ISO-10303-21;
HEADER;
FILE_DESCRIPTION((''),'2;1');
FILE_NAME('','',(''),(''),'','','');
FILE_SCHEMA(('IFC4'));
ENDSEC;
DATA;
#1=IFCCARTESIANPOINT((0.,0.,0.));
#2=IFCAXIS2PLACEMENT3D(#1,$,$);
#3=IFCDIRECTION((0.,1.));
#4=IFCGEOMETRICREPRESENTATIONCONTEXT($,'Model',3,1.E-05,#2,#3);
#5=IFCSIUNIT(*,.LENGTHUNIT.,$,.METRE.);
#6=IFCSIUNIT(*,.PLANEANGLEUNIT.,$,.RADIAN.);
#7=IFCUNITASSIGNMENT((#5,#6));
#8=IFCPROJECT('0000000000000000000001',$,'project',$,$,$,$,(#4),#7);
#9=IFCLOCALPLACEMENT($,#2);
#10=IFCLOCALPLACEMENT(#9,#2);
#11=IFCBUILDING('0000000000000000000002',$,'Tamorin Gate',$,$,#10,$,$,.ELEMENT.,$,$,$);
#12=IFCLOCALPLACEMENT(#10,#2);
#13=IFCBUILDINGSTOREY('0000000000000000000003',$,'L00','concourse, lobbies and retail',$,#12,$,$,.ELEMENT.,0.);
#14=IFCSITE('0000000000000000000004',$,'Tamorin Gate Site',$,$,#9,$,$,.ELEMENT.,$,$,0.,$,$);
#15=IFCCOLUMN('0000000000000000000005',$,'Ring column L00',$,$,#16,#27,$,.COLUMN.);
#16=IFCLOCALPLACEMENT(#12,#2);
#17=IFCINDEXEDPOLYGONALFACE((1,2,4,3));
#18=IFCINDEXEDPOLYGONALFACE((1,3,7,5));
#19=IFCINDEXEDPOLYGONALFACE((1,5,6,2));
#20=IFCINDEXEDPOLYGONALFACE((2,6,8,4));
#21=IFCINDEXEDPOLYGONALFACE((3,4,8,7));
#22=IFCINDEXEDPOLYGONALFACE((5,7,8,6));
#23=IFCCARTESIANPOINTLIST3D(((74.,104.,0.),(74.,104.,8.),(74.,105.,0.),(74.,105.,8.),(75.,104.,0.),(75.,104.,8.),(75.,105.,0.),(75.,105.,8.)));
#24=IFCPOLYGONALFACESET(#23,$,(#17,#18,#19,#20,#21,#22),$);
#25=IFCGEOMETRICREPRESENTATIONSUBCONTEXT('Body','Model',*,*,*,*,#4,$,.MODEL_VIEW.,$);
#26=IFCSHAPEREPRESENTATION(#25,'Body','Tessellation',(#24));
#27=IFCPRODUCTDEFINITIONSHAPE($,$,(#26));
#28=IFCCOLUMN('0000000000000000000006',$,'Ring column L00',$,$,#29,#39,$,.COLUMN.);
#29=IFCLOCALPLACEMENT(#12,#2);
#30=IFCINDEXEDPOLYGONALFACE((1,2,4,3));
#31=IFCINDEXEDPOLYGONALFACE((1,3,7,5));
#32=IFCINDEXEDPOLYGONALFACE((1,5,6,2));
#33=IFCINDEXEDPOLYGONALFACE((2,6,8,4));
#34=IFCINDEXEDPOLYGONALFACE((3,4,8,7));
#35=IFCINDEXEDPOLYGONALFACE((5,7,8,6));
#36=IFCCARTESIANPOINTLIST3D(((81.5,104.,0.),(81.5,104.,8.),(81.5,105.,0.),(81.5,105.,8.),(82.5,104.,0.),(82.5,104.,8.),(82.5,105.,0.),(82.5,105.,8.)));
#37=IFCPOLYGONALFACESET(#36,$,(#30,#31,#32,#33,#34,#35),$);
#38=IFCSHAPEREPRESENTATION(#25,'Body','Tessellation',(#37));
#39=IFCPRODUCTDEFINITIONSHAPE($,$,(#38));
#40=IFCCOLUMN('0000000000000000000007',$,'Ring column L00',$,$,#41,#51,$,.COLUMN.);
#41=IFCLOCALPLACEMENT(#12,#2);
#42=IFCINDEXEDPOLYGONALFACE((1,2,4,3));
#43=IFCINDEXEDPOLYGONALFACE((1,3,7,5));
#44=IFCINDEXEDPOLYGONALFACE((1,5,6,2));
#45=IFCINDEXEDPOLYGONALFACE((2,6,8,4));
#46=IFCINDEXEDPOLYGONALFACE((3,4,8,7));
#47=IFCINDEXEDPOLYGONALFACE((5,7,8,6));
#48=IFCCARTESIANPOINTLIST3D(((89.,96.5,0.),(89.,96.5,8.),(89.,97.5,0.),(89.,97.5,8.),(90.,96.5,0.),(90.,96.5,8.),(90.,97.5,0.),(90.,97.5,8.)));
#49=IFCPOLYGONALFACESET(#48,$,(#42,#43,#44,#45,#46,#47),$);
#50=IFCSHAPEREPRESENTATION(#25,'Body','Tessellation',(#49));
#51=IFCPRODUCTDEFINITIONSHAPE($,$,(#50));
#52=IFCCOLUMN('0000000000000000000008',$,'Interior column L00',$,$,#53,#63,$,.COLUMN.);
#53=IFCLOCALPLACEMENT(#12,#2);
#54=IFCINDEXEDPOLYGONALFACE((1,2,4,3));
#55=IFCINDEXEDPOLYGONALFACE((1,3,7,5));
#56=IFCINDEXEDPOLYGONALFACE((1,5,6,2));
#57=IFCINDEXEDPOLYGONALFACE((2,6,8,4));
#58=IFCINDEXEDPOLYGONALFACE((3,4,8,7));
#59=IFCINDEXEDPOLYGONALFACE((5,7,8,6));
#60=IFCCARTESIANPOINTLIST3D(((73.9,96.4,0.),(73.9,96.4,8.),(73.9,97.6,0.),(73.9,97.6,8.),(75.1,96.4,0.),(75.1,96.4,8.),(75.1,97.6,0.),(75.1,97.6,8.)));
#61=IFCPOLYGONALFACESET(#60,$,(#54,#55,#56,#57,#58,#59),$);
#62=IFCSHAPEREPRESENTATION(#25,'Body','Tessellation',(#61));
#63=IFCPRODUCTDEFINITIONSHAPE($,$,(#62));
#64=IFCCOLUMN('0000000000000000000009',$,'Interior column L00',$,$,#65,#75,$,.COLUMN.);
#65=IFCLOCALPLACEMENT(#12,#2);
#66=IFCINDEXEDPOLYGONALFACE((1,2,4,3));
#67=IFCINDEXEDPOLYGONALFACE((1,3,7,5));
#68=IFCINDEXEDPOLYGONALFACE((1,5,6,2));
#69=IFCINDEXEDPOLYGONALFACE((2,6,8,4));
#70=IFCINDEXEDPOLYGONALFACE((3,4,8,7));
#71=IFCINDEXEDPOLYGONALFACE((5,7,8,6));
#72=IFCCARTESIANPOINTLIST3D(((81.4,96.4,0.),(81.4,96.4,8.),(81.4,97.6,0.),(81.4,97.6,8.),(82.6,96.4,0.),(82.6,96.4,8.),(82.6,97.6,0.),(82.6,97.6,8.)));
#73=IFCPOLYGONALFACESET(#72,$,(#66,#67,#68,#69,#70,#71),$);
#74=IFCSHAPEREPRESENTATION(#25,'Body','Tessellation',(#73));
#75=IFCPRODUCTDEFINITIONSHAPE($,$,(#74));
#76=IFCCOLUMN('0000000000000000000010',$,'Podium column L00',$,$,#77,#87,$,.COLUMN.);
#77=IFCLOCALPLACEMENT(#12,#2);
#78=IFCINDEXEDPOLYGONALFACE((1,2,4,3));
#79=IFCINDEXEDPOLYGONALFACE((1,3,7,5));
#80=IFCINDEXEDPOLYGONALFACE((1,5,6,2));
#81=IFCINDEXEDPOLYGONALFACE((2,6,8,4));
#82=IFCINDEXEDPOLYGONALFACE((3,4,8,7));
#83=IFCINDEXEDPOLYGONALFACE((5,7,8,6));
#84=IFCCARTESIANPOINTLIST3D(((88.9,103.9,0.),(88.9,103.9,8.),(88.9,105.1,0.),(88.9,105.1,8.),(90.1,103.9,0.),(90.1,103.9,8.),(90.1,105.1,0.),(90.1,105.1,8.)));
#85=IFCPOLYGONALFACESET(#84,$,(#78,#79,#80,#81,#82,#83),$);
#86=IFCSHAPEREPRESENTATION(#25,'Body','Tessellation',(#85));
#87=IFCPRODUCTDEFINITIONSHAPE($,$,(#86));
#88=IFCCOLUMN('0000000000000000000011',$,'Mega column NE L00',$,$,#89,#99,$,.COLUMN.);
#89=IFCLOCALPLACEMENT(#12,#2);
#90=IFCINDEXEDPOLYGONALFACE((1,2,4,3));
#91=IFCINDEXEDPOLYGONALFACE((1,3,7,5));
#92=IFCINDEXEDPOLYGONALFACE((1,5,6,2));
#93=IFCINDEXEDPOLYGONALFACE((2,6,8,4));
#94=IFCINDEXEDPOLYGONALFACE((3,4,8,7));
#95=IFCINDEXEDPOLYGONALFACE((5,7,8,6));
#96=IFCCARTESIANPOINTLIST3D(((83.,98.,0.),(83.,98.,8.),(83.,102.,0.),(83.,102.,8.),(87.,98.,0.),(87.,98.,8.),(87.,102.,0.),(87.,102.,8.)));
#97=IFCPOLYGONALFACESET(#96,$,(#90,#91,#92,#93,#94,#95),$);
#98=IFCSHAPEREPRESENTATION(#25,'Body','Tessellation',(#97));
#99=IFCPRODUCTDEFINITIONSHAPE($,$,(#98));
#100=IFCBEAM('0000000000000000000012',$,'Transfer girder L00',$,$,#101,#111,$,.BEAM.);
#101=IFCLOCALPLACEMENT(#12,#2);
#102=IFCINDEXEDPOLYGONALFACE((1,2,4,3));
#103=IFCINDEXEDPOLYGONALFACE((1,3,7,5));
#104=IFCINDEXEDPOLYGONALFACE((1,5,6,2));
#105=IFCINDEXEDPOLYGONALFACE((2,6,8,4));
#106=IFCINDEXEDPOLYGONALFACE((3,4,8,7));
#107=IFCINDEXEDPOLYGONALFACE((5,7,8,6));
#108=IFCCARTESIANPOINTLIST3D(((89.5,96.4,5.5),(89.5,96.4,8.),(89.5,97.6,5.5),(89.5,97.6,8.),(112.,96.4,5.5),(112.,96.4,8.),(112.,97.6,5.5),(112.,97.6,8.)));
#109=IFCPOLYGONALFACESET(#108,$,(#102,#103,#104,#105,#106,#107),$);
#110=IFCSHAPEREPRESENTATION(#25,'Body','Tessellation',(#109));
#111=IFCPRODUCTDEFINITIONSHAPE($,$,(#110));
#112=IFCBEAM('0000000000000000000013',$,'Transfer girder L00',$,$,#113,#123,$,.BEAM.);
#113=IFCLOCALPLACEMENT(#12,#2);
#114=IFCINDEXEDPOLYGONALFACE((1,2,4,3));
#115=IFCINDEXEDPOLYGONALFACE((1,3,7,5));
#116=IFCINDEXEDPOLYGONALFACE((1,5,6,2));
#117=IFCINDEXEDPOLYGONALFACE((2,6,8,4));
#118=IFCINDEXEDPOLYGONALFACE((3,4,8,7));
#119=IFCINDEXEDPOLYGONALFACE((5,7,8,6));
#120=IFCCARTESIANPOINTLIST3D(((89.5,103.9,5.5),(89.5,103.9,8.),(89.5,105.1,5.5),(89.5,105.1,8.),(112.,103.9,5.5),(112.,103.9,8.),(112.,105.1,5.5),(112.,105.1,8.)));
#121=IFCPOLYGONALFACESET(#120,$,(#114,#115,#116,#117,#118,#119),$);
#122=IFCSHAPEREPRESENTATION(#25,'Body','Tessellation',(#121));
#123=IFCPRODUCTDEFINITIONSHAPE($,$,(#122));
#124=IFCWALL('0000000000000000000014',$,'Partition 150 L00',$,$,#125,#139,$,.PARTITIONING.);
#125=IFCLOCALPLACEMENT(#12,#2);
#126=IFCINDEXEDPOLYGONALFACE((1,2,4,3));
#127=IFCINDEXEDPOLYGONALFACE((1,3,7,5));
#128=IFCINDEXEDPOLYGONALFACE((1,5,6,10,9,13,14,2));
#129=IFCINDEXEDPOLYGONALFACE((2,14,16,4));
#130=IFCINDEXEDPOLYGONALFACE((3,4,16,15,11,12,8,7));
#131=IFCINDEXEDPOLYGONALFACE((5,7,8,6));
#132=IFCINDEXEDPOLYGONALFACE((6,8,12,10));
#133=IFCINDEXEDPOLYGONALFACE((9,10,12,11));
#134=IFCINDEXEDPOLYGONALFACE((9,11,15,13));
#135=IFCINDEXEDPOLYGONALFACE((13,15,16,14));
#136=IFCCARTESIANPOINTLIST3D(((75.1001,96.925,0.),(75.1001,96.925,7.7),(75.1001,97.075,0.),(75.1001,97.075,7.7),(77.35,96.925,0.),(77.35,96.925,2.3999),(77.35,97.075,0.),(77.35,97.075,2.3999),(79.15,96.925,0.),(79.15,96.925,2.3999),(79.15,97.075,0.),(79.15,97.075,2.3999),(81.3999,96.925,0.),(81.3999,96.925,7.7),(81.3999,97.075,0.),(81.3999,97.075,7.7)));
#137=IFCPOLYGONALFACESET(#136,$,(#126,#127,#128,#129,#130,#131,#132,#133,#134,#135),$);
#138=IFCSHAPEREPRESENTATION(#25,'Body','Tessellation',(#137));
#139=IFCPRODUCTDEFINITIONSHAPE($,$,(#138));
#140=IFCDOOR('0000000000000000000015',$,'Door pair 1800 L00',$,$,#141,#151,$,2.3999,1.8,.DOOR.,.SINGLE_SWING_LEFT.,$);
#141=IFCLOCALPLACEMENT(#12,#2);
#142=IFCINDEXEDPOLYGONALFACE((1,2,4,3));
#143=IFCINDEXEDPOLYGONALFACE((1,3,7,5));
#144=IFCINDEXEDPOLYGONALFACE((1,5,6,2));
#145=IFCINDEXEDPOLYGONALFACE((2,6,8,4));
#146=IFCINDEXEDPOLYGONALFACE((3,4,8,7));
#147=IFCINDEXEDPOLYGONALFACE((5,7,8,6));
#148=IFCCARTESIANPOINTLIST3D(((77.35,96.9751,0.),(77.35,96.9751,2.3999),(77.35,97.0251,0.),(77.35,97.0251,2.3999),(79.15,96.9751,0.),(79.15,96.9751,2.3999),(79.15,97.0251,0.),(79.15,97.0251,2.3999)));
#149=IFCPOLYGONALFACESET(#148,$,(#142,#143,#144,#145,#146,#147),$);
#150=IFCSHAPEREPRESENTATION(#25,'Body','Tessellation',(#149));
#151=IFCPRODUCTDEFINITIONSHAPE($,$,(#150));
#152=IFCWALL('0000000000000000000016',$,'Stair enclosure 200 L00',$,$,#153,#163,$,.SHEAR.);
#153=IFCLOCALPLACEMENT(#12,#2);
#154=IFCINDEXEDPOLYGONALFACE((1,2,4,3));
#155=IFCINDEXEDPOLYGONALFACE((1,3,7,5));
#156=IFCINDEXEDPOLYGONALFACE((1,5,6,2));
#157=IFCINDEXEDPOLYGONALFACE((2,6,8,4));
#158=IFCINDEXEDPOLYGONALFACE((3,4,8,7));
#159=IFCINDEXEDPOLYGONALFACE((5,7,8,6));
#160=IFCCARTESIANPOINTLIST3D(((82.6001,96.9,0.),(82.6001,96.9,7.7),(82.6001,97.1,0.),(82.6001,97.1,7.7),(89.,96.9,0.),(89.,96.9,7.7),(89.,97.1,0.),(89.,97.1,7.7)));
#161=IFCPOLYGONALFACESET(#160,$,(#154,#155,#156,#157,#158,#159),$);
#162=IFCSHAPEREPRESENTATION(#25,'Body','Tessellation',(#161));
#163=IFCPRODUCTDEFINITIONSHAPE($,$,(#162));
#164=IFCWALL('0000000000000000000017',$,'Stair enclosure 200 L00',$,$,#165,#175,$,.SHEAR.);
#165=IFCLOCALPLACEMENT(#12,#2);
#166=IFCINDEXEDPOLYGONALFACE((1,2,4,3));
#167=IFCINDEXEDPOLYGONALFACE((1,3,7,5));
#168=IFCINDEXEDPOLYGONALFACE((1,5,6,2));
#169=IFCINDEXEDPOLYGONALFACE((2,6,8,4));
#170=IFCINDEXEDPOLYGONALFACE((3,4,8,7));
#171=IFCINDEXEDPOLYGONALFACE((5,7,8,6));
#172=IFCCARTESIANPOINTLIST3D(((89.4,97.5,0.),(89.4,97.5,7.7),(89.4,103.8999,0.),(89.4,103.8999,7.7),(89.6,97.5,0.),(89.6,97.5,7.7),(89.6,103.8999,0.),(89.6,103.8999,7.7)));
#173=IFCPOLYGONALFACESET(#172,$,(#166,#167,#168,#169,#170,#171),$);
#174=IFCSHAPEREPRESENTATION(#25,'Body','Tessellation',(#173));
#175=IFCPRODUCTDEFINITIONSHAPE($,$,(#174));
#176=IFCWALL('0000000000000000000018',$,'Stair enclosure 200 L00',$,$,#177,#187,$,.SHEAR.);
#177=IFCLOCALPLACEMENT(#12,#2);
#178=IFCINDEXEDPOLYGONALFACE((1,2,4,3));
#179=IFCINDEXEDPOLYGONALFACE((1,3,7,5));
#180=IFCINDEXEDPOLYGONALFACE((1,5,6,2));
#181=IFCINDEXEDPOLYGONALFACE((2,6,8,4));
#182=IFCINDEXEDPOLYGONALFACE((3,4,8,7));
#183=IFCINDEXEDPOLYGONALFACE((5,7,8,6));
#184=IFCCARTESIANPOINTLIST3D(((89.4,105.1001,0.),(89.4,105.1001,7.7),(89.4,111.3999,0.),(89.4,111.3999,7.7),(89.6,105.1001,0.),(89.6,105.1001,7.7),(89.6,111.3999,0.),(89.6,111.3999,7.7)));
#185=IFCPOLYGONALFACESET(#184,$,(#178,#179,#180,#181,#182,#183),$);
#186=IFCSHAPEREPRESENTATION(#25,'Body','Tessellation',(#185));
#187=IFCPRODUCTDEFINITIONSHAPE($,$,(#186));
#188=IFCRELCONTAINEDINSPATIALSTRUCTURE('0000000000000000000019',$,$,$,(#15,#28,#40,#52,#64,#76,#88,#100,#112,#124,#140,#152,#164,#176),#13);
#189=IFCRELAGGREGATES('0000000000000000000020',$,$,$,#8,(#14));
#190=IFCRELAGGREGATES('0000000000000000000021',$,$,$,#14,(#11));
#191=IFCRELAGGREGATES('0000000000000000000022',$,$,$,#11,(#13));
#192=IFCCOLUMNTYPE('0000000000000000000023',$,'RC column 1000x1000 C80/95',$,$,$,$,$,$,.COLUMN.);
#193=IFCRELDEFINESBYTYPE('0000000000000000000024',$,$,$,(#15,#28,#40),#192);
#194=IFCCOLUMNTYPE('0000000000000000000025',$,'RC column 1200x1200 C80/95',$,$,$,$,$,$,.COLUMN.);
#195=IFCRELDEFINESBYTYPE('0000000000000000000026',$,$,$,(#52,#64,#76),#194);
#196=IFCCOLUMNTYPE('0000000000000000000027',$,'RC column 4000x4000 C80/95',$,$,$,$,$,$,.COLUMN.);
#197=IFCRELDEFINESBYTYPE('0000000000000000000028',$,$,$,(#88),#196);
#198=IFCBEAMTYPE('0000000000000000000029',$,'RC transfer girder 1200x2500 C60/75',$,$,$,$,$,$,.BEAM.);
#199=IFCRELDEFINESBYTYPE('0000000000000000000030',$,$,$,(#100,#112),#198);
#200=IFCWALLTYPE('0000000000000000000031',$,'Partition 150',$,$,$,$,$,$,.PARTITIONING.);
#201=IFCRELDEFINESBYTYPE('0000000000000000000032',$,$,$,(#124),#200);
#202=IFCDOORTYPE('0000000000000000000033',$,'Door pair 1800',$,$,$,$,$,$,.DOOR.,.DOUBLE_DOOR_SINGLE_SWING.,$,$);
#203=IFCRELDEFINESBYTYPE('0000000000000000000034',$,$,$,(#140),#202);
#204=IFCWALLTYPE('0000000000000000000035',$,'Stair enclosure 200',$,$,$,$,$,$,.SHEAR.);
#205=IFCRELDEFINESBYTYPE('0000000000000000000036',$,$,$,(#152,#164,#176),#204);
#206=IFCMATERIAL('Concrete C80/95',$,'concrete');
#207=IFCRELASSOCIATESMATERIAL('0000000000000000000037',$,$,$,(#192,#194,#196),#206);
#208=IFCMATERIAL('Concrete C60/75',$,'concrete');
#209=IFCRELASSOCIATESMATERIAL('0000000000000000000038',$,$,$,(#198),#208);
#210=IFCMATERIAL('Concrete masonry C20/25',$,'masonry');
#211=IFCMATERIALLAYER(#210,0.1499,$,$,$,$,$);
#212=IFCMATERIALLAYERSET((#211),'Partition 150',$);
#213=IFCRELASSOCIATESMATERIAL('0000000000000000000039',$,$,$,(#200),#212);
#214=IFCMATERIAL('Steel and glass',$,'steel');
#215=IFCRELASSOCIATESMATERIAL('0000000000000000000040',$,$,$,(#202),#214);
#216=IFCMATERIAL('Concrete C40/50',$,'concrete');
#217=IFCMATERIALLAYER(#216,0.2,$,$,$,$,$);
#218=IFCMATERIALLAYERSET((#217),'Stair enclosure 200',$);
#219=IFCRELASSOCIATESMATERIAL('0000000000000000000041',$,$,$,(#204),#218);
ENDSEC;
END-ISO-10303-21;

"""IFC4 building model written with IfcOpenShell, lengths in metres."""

from ifc_helpers import new_model, si_unit, direction, frame, frame_2d, origin, origin_2d, place, context, subcontext, project, spatial, rectangle, extrude, material, layer, layer_set, material_profile, profile_set, type_object, element, fill, save


model = new_model("IFC4")

# Units and contexts
model_context = context("Model", 3, precision=1e-05, world=origin(), true_north=direction((0.0, 1.0)))
body_context = subcontext(model_context, "Body", "Model", "MODEL_VIEW")
ifc_project = project(units=[si_unit("LENGTHUNIT", "METRE"), si_unit("PLANEANGLEUNIT", "RADIAN")], contexts=[model_context])

# Site, building, storey
site_placement = place(None, origin())
site = spatial("IfcSite", under=ifc_project, at=site_placement, Name="Tamorin Gate Site", CompositionType="ELEMENT", RefElevation=0.0)
building_placement = place(site_placement, origin())
building = spatial("IfcBuilding", under=site, at=building_placement, Name="Tamorin Gate", CompositionType="ELEMENT")
storey_placement = place(building_placement, origin())
storey = spatial("IfcBuildingStorey", under=building, at=storey_placement, Name="L00", Description="concourse, lobbies and retail", CompositionType="ELEMENT", Elevation=0.0)

# Columns
ifc_material_1 = material(Name="Concrete C80/95", Category="concrete")
ifc_material_profile_1 = material_profile(ifc_material_1, rectangle(XDim=1.0, YDim=1.0, at=origin_2d()), Name="RC 1000x1000")
ifc_profile_set_1 = profile_set([ifc_material_profile_1], Name="Concrete C80/95")
column_type_1 = type_object("IfcColumnType", Name="RC column 1000x1000 C80/95", PredefinedType="COLUMN", material=ifc_profile_set_1)
for number, where, z_axis, x_axis, name in (
    (1, (74.5, 104.5, 0.0), (0.0, 0.0, 1.0), (1.0, 0.0, 0.0), "Ring column L00"),
    (2, (82.0, 104.5, 0.0), (0.0, 0.0, 1.0), (1.0, 0.0, 0.0), "Ring column L00"),
    (3, (89.5, 97.0, 0.0), (0.0, 0.0, 1.0), (1.0, 0.0, 0.0), "Ring column L00"),
):
    element("IfcColumn", number, at=place(storey_placement, frame(where, z_axis=z_axis, x_axis=x_axis)), inside=storey, type_object=column_type_1, Name=name, PredefinedType="COLUMN", context=body_context, shape_type="SweptSolid", body=[
        extrude(rectangle(XDim=1.0, YDim=1.0, at=origin_2d()), origin(), (0.0, 0.0, 1.0), 8.0),
    ])
ifc_material_profile_2 = material_profile(ifc_material_1, rectangle(XDim=1.2, YDim=1.2, at=origin_2d()), Name="RC 1200x1200")
ifc_profile_set_2 = profile_set([ifc_material_profile_2], Name="Concrete C80/95")
column_type_2 = type_object("IfcColumnType", Name="RC column 1200x1200 C80/95", PredefinedType="COLUMN", material=ifc_profile_set_2)
for number, where, z_axis, x_axis, name in (
    (4, (74.5, 97.0, 0.0), (0.0, 0.0, 1.0), (1.0, 0.0, 0.0), "Interior column L00"),
    (5, (82.0, 97.0, 0.0), (0.0, 0.0, 1.0), (1.0, 0.0, 0.0), "Interior column L00"),
    (6, (89.5, 104.5, 0.0), (0.0, 0.0, 1.0), (1.0, 0.0, 0.0), "Podium column L00"),
):
    element("IfcColumn", number, at=place(storey_placement, frame(where, z_axis=z_axis, x_axis=x_axis)), inside=storey, type_object=column_type_2, Name=name, PredefinedType="COLUMN", context=body_context, shape_type="SweptSolid", body=[
        extrude(rectangle(XDim=1.2, YDim=1.2, at=origin_2d()), origin(), (0.0, 0.0, 1.0), 8.0),
    ])
ifc_material_profile_3 = material_profile(ifc_material_1, rectangle(XDim=4.0, YDim=4.0, at=origin_2d()), Name="RC 4000x4000")
ifc_profile_set_3 = profile_set([ifc_material_profile_3], Name="Concrete C80/95")
column_type_3 = type_object("IfcColumnType", Name="RC column 4000x4000 C80/95", PredefinedType="COLUMN", material=ifc_profile_set_3)
column_placement = place(storey_placement, frame((85.0, 100.0, 0.0), z_axis=(0.0, 0.0, 1.0), x_axis=(1.0, 0.0, 0.0)))
element("IfcColumn", 7, at=column_placement, inside=storey, type_object=column_type_3, Name="Mega column NE L00", PredefinedType="COLUMN", context=body_context, shape_type="SweptSolid", body=[
    extrude(rectangle(XDim=4.0, YDim=4.0, at=origin_2d()), origin(), (0.0, 0.0, 1.0), 8.0),
])

# Beams
ifc_material_2 = material(Name="Concrete C60/75", Category="concrete")
ifc_material_profile_4 = material_profile(ifc_material_2, rectangle(XDim=1.2, YDim=2.5, at=origin_2d()), Name="RC 1200x2500")
ifc_profile_set_4 = profile_set([ifc_material_profile_4], Name="Concrete C60/75")
beam_type = type_object("IfcBeamType", Name="RC transfer girder 1200x2500 C60/75", PredefinedType="BEAM", material=ifc_profile_set_4)
for number, where, z_axis, x_axis, name in (
    (8, (89.5, 97.0, 6.75), (1.0, 0.0, 0.0), (0.0, 1.0, 0.0), "Transfer girder L00"),
    (9, (89.5, 104.5, 6.75), (1.0, 0.0, 0.0), (0.0, 1.0, 0.0), "Transfer girder L00"),
):
    element("IfcBeam", number, at=place(storey_placement, frame(where, z_axis=z_axis, x_axis=x_axis)), inside=storey, type_object=beam_type, Name=name, PredefinedType="BEAM", context=body_context, shape_type="SweptSolid", body=[
        extrude(rectangle(XDim=1.2, YDim=2.5, at=origin_2d()), origin(), (0.0, 0.0, 1.0), 22.5),
    ])

# Wall, opening, door
ifc_material_3 = material(Name="Concrete masonry C20/25", Category="masonry")
ifc_layer_1 = layer(ifc_material_3, 0.1499)
ifc_layer_set_1 = layer_set([ifc_layer_1], Name="Partition 150")
wall_type_1 = type_object("IfcWallType", Name="Partition 150", PredefinedType="PARTITIONING", material=ifc_layer_set_1)
wall_1_placement = place(storey_placement, frame((81.3999, 97.0, 0.0), z_axis=(0.0, 0.0, 1.0), x_axis=(-1.0, 0.0, 0.0)))
wall_1 = element("IfcWall", 10, at=wall_1_placement, inside=storey, type_object=wall_type_1, Name="Partition 150 L00", PredefinedType="PARTITIONING", context=body_context, shape_type="SweptSolid", body=[
    extrude(rectangle(XDim=6.2998, YDim=0.1499, at=frame_2d((3.1499, 0.0))), origin(), (0.0, 0.0, 1.0), 7.7),
])
opening_placement = place(wall_1_placement, frame((2.25, 0.0, 0.0)))
opening = element("IfcOpeningElement", 11, at=opening_placement, cuts=wall_1, PredefinedType="OPENING", context=body_context, shape_type="SweptSolid", body=[
    extrude(rectangle(XDim=1.8, YDim=2.3999, at=frame_2d((0.8999, 1.2))), frame((0.0, 0.085, 0.0), z_axis=(0.0, -1.0, 0.0), x_axis=(1.0, 0.0, 0.0)), (0.0, 0.0, 1.0), 0.1699),
])
ifc_material_4 = material(Name="Steel and glass", Category="steel")
door_type = type_object("IfcDoorType", Name="Door pair 1800", OperationType="DOUBLE_DOOR_SINGLE_SWING", PredefinedType="DOOR", material=ifc_material_4)
door_placement = place(opening_placement, origin())
door = element("IfcDoor", 12, at=door_placement, inside=storey, type_object=door_type, Name="Door pair 1800 L00", OperationType="SINGLE_SWING_LEFT", OverallHeight=2.3999, OverallWidth=1.8, PredefinedType="DOOR", context=body_context, shape_type="SweptSolid", body=[
    extrude(rectangle(XDim=1.8, YDim=2.3999, at=frame_2d((0.8999, 1.2))), frame((0.0, 0.0249, 0.0), z_axis=(0.0, -1.0, 0.0), x_axis=(1.0, 0.0, 0.0)), (0.0, 0.0, 1.0), 0.05),
])
fill(opening, door)

# Walls
ifc_material_5 = material(Name="Concrete C40/50", Category="concrete")
ifc_layer_2 = layer(ifc_material_5, 0.2)
ifc_layer_set_2 = layer_set([ifc_layer_2], Name="Stair enclosure 200")
wall_type_2 = type_object("IfcWallType", Name="Stair enclosure 200", PredefinedType="SHEAR", material=ifc_layer_set_2)
for number, where, z_axis, x_axis, name in (
    (13, (82.6001, 97.0, 0.0), (0.0, 0.0, 1.0), (1.0, 0.0, 0.0), "Stair enclosure 200 L00"),
    (14, (89.5, 97.5, 0.0), (0.0, 0.0, 1.0), (0.0, 1.0, 0.0), "Stair enclosure 200 L00"),
):
    element("IfcWall", number, at=place(storey_placement, frame(where, z_axis=z_axis, x_axis=x_axis)), inside=storey, type_object=wall_type_2, Name=name, PredefinedType="SHEAR", context=body_context, shape_type="SweptSolid", body=[
        extrude(rectangle(XDim=6.3999, YDim=0.2, at=frame_2d((3.2, 0.0))), origin(), (0.0, 0.0, 1.0), 7.7),
    ])
wall_2_placement = place(storey_placement, frame((89.5, 105.1001, 0.0), z_axis=(0.0, 0.0, 1.0), x_axis=(0.0, 1.0, 0.0)))
element("IfcWall", 15, at=wall_2_placement, inside=storey, type_object=wall_type_2, Name="Stair enclosure 200 L00", PredefinedType="SHEAR", context=body_context, shape_type="SweptSolid", body=[
    extrude(rectangle(XDim=6.2998, YDim=0.2, at=frame_2d((3.1499, 0.0))), origin(), (0.0, 0.0, 1.0), 7.7),
])

save(model, "model.ifc")
